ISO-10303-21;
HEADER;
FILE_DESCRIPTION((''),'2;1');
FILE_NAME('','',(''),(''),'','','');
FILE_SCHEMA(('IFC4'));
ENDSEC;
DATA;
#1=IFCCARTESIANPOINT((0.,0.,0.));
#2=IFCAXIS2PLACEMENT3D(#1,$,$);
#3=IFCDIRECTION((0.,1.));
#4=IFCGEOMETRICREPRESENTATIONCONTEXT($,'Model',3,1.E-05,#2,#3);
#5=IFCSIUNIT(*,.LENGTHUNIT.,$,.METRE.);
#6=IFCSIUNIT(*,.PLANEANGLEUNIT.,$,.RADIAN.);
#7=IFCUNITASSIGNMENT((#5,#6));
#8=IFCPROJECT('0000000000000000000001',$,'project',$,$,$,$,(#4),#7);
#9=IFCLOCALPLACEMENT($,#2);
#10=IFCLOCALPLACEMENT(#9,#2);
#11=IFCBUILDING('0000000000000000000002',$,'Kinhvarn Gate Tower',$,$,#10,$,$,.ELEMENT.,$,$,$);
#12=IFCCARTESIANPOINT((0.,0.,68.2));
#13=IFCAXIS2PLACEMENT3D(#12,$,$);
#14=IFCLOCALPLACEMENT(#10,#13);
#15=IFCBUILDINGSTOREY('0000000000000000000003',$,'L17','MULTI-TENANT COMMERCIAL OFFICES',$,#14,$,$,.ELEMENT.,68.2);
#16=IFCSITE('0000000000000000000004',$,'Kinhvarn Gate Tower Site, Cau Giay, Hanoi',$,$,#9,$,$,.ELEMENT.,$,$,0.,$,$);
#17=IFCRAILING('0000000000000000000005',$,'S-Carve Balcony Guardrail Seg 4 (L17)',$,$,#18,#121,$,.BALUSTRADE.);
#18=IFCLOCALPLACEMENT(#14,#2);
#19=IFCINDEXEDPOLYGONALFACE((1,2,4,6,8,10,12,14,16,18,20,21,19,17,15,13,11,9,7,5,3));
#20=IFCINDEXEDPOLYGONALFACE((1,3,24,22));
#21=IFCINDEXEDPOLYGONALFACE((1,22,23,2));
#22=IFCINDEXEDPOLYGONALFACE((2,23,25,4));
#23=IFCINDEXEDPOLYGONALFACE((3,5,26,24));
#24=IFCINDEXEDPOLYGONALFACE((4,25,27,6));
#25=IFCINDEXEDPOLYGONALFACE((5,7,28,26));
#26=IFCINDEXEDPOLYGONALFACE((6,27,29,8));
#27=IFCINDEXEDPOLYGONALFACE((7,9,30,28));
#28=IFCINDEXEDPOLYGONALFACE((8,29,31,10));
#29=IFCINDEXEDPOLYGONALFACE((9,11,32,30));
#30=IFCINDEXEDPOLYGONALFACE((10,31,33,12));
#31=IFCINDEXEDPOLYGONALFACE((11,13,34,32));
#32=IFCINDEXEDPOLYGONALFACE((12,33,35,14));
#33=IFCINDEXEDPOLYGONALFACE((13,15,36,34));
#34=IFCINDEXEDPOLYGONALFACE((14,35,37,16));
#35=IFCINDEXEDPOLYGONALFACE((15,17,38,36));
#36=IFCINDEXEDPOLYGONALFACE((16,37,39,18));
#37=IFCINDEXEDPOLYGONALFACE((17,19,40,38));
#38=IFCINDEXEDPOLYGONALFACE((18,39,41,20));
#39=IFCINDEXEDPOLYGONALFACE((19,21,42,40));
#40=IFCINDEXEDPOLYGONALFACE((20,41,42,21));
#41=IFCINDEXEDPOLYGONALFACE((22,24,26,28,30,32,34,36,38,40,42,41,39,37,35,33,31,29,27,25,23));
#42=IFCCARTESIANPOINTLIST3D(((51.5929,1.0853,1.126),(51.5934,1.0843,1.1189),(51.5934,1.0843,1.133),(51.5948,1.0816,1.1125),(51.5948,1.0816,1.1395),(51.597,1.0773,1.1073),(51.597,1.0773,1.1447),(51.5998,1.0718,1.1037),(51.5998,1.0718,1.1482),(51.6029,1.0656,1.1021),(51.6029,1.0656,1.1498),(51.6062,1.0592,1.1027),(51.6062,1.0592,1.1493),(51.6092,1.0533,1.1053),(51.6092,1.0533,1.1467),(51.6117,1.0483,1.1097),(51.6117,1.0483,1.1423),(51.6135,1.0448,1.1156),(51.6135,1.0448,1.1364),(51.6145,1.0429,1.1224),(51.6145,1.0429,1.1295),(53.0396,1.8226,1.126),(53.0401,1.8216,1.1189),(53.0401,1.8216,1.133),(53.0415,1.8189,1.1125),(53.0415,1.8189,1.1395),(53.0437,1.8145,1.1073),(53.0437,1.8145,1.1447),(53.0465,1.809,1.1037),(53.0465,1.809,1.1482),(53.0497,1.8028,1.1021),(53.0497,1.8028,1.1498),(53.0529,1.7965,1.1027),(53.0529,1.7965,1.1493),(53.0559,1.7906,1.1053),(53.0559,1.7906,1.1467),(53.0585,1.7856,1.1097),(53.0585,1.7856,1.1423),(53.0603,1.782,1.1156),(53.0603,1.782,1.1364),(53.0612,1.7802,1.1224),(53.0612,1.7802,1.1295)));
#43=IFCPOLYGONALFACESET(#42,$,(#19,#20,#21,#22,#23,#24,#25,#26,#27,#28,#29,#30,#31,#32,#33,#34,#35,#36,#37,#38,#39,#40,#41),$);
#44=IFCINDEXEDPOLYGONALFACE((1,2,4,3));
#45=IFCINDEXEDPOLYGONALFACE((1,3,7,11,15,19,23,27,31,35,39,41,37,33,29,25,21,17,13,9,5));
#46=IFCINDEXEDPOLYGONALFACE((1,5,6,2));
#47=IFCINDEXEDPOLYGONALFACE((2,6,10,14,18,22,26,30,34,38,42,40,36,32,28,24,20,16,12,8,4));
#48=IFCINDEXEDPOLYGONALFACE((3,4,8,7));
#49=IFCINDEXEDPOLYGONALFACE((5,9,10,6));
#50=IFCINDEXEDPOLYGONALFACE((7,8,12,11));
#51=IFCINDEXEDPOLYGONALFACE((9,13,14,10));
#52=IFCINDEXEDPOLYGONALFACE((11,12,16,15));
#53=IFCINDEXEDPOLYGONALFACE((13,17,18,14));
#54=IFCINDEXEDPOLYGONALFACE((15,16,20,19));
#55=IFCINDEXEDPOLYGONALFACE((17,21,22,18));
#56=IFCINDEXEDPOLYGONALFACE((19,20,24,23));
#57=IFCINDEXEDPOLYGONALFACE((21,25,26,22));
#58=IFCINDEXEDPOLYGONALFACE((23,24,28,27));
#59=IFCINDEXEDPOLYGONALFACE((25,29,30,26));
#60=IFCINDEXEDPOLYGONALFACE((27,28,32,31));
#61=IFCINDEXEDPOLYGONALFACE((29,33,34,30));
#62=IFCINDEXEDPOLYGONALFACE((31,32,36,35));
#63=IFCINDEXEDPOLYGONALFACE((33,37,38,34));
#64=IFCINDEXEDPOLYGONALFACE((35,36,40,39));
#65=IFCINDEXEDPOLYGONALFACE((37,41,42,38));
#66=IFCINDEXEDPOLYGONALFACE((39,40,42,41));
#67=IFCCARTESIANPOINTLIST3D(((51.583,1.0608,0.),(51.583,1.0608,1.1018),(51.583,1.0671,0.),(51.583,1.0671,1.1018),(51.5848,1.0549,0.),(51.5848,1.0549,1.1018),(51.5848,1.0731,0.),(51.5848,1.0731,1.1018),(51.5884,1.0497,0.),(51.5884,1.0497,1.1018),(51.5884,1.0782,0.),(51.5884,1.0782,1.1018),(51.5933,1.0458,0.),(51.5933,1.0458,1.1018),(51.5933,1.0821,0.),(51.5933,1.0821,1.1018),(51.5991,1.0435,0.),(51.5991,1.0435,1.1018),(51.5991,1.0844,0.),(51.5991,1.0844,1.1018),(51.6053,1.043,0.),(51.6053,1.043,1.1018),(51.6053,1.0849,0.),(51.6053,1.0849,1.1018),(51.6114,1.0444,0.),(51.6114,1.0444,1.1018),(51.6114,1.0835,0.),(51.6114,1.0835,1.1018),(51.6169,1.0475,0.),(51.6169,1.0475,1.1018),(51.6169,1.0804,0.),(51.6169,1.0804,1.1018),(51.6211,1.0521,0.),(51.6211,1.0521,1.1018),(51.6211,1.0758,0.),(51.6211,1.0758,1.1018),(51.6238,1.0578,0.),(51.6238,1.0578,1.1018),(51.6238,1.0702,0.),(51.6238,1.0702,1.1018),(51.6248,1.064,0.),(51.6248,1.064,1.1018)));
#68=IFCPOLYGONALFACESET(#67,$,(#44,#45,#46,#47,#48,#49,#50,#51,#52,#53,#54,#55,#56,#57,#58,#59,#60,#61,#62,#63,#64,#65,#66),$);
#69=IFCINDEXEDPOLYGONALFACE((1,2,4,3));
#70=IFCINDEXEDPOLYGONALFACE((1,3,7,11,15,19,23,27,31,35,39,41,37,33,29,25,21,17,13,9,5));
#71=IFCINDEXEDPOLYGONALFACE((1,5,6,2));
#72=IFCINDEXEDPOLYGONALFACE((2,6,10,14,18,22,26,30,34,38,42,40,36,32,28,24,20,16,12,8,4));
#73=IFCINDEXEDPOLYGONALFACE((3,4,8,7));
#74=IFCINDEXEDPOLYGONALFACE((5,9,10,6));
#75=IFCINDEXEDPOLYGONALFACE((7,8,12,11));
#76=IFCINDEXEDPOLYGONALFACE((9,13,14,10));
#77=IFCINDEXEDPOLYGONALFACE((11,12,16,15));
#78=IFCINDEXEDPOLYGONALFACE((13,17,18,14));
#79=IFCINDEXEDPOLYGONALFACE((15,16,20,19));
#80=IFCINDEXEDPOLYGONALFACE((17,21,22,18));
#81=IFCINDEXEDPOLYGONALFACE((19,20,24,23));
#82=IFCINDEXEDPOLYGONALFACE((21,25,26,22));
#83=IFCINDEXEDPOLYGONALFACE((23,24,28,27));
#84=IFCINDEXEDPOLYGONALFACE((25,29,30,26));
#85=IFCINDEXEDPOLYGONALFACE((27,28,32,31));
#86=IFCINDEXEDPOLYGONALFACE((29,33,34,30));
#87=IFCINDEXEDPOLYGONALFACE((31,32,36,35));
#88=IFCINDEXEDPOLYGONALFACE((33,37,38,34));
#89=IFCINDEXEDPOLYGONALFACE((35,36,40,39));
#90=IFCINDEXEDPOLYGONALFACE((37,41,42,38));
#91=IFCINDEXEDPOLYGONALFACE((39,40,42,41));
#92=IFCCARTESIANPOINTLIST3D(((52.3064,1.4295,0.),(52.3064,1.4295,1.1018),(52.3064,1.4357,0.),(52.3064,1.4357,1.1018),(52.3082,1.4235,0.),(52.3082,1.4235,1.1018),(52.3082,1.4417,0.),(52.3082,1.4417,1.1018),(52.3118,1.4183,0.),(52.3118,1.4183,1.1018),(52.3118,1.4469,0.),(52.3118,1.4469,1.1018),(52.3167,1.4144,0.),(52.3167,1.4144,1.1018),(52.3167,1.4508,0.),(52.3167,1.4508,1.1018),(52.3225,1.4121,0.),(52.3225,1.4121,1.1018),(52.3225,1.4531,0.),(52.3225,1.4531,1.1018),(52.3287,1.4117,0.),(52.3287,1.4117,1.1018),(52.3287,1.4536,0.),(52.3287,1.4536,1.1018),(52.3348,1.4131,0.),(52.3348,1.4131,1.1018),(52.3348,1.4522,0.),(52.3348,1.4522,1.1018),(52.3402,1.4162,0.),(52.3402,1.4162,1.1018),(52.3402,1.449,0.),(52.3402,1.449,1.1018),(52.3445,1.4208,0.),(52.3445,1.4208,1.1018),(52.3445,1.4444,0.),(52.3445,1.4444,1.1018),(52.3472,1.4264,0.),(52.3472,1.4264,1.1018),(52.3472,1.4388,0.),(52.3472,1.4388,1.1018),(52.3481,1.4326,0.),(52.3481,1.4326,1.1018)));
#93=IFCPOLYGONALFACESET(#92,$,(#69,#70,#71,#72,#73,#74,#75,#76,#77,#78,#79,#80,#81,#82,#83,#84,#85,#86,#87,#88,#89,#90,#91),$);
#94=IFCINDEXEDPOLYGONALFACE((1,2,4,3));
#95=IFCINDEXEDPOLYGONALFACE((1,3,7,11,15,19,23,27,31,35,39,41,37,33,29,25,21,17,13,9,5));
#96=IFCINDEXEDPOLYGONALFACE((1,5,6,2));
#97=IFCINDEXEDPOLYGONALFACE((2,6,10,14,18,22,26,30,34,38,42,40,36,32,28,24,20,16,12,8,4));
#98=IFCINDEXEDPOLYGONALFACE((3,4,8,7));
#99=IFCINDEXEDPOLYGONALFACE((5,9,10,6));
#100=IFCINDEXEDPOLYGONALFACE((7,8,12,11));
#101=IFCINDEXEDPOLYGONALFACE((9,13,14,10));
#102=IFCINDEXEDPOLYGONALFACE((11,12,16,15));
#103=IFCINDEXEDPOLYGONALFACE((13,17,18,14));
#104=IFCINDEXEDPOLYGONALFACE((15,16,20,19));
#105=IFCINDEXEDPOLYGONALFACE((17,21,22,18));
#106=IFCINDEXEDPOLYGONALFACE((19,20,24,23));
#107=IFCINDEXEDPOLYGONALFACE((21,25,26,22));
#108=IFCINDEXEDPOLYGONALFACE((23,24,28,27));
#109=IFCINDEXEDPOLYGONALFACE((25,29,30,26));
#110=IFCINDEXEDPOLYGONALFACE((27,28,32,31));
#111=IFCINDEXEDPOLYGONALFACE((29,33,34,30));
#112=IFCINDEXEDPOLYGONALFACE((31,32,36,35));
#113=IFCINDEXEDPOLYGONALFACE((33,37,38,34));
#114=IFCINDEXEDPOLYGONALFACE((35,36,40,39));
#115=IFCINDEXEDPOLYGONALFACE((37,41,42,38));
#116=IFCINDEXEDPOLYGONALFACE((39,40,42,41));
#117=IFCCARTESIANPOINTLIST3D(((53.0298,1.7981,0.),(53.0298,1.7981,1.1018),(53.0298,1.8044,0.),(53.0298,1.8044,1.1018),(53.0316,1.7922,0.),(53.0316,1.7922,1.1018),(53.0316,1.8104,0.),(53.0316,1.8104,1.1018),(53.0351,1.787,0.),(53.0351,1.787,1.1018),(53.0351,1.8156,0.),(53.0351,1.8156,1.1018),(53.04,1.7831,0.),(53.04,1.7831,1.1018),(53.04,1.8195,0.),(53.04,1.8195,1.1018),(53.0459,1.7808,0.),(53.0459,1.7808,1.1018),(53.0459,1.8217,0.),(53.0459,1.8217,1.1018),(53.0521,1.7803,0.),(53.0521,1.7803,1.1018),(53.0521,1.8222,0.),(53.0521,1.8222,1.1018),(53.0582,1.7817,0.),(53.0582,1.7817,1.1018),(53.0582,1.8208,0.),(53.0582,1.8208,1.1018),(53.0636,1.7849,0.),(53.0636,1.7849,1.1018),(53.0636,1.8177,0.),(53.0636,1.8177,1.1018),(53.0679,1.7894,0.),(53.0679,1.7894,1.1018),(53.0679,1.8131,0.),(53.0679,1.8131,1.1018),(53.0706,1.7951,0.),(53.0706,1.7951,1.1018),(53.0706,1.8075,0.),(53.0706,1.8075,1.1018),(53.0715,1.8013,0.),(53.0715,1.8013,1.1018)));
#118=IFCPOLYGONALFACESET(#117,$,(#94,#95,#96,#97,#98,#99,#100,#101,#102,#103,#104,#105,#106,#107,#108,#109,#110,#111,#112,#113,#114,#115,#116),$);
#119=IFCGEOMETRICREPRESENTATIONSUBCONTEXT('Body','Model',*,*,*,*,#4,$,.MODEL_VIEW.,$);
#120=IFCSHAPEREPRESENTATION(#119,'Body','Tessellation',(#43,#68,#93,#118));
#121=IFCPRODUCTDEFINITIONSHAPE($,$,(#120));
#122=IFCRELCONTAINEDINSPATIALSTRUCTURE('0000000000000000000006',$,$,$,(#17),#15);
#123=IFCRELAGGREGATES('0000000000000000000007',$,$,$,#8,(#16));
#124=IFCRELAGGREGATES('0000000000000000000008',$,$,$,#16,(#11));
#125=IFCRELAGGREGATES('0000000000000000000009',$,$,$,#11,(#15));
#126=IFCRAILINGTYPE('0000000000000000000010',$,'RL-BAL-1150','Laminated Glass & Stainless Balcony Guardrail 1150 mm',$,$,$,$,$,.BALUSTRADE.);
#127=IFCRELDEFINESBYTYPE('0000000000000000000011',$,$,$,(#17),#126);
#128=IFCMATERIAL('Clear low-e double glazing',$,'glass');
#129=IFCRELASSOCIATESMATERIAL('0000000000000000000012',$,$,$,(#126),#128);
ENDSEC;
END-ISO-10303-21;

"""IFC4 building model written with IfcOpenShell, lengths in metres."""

from ifc_helpers import new_model, si_unit, direction, frame, origin, origin_2d, place, context, subcontext, project, spatial, circle, extrude, material, type_object, element, save


model = new_model("IFC4")

# Units and contexts
model_context = context("Model", 3, precision=1e-05, world=origin(), true_north=direction((0.0, 1.0)))
body_context = subcontext(model_context, "Body", "Model", "MODEL_VIEW")
ifc_project = project(units=[si_unit("LENGTHUNIT", "METRE"), si_unit("PLANEANGLEUNIT", "RADIAN")], contexts=[model_context])

# Site, building, storey
site_placement = place(None, origin())
site = spatial("IfcSite", under=ifc_project, at=site_placement, Name="Kinhvarn Gate Tower Site, Cau Giay, Hanoi", CompositionType="ELEMENT", RefElevation=0.0)
building_placement = place(site_placement, origin())
building = spatial("IfcBuilding", under=site, at=building_placement, Name="Kinhvarn Gate Tower", CompositionType="ELEMENT")
storey_placement = place(building_placement, frame((0.0, 0.0, 68.2)))
storey = spatial("IfcBuildingStorey", under=building, at=storey_placement, Name="L17", Description="MULTI-TENANT COMMERCIAL OFFICES", CompositionType="ELEMENT", Elevation=68.2)

# Shared definitions
ifc_material_1 = material(Name="Clear low-e double glazing", Category="glass")

# Railing
railing_type = type_object("IfcRailingType", Name="RL-BAL-1150", Description="Laminated Glass & Stainless Balcony Guardrail 1150 mm", PredefinedType="BALUSTRADE", material=ifc_material_1)
railing_1_placement = place(storey_placement, frame((51.6038, 1.064, 0.0)))
element("IfcRailing", 1, at=railing_1_placement, inside=storey, type_object=railing_type, Name="S-Carve Balcony Guardrail Seg 4 (L17)", PredefinedType="BALUSTRADE", context=body_context, shape_type="SweptSolid", body=[
    extrude(circle(Radius=0.0239, at=origin_2d()), frame((0.0, 0.0, 1.126), z_axis=(0.890973, 0.454056, 0.0), x_axis=(-0.454056, 0.890973, 0.0)), (0.0, 0.0, 1.0), 1.6238),
    extrude(circle(Radius=0.021, at=origin_2d()), origin(), (0.0, 0.0, 1.0), 1.1018),
    extrude(circle(Radius=0.021, at=origin_2d()), frame((0.7234, 0.3687, 0.0)), (0.0, 0.0, 1.0), 1.1018),
    extrude(circle(Radius=0.021, at=origin_2d()), frame((1.4468, 0.7373, 0.0)), (0.0, 0.0, 1.0), 1.1018),
])

save(model, "model.ifc")
